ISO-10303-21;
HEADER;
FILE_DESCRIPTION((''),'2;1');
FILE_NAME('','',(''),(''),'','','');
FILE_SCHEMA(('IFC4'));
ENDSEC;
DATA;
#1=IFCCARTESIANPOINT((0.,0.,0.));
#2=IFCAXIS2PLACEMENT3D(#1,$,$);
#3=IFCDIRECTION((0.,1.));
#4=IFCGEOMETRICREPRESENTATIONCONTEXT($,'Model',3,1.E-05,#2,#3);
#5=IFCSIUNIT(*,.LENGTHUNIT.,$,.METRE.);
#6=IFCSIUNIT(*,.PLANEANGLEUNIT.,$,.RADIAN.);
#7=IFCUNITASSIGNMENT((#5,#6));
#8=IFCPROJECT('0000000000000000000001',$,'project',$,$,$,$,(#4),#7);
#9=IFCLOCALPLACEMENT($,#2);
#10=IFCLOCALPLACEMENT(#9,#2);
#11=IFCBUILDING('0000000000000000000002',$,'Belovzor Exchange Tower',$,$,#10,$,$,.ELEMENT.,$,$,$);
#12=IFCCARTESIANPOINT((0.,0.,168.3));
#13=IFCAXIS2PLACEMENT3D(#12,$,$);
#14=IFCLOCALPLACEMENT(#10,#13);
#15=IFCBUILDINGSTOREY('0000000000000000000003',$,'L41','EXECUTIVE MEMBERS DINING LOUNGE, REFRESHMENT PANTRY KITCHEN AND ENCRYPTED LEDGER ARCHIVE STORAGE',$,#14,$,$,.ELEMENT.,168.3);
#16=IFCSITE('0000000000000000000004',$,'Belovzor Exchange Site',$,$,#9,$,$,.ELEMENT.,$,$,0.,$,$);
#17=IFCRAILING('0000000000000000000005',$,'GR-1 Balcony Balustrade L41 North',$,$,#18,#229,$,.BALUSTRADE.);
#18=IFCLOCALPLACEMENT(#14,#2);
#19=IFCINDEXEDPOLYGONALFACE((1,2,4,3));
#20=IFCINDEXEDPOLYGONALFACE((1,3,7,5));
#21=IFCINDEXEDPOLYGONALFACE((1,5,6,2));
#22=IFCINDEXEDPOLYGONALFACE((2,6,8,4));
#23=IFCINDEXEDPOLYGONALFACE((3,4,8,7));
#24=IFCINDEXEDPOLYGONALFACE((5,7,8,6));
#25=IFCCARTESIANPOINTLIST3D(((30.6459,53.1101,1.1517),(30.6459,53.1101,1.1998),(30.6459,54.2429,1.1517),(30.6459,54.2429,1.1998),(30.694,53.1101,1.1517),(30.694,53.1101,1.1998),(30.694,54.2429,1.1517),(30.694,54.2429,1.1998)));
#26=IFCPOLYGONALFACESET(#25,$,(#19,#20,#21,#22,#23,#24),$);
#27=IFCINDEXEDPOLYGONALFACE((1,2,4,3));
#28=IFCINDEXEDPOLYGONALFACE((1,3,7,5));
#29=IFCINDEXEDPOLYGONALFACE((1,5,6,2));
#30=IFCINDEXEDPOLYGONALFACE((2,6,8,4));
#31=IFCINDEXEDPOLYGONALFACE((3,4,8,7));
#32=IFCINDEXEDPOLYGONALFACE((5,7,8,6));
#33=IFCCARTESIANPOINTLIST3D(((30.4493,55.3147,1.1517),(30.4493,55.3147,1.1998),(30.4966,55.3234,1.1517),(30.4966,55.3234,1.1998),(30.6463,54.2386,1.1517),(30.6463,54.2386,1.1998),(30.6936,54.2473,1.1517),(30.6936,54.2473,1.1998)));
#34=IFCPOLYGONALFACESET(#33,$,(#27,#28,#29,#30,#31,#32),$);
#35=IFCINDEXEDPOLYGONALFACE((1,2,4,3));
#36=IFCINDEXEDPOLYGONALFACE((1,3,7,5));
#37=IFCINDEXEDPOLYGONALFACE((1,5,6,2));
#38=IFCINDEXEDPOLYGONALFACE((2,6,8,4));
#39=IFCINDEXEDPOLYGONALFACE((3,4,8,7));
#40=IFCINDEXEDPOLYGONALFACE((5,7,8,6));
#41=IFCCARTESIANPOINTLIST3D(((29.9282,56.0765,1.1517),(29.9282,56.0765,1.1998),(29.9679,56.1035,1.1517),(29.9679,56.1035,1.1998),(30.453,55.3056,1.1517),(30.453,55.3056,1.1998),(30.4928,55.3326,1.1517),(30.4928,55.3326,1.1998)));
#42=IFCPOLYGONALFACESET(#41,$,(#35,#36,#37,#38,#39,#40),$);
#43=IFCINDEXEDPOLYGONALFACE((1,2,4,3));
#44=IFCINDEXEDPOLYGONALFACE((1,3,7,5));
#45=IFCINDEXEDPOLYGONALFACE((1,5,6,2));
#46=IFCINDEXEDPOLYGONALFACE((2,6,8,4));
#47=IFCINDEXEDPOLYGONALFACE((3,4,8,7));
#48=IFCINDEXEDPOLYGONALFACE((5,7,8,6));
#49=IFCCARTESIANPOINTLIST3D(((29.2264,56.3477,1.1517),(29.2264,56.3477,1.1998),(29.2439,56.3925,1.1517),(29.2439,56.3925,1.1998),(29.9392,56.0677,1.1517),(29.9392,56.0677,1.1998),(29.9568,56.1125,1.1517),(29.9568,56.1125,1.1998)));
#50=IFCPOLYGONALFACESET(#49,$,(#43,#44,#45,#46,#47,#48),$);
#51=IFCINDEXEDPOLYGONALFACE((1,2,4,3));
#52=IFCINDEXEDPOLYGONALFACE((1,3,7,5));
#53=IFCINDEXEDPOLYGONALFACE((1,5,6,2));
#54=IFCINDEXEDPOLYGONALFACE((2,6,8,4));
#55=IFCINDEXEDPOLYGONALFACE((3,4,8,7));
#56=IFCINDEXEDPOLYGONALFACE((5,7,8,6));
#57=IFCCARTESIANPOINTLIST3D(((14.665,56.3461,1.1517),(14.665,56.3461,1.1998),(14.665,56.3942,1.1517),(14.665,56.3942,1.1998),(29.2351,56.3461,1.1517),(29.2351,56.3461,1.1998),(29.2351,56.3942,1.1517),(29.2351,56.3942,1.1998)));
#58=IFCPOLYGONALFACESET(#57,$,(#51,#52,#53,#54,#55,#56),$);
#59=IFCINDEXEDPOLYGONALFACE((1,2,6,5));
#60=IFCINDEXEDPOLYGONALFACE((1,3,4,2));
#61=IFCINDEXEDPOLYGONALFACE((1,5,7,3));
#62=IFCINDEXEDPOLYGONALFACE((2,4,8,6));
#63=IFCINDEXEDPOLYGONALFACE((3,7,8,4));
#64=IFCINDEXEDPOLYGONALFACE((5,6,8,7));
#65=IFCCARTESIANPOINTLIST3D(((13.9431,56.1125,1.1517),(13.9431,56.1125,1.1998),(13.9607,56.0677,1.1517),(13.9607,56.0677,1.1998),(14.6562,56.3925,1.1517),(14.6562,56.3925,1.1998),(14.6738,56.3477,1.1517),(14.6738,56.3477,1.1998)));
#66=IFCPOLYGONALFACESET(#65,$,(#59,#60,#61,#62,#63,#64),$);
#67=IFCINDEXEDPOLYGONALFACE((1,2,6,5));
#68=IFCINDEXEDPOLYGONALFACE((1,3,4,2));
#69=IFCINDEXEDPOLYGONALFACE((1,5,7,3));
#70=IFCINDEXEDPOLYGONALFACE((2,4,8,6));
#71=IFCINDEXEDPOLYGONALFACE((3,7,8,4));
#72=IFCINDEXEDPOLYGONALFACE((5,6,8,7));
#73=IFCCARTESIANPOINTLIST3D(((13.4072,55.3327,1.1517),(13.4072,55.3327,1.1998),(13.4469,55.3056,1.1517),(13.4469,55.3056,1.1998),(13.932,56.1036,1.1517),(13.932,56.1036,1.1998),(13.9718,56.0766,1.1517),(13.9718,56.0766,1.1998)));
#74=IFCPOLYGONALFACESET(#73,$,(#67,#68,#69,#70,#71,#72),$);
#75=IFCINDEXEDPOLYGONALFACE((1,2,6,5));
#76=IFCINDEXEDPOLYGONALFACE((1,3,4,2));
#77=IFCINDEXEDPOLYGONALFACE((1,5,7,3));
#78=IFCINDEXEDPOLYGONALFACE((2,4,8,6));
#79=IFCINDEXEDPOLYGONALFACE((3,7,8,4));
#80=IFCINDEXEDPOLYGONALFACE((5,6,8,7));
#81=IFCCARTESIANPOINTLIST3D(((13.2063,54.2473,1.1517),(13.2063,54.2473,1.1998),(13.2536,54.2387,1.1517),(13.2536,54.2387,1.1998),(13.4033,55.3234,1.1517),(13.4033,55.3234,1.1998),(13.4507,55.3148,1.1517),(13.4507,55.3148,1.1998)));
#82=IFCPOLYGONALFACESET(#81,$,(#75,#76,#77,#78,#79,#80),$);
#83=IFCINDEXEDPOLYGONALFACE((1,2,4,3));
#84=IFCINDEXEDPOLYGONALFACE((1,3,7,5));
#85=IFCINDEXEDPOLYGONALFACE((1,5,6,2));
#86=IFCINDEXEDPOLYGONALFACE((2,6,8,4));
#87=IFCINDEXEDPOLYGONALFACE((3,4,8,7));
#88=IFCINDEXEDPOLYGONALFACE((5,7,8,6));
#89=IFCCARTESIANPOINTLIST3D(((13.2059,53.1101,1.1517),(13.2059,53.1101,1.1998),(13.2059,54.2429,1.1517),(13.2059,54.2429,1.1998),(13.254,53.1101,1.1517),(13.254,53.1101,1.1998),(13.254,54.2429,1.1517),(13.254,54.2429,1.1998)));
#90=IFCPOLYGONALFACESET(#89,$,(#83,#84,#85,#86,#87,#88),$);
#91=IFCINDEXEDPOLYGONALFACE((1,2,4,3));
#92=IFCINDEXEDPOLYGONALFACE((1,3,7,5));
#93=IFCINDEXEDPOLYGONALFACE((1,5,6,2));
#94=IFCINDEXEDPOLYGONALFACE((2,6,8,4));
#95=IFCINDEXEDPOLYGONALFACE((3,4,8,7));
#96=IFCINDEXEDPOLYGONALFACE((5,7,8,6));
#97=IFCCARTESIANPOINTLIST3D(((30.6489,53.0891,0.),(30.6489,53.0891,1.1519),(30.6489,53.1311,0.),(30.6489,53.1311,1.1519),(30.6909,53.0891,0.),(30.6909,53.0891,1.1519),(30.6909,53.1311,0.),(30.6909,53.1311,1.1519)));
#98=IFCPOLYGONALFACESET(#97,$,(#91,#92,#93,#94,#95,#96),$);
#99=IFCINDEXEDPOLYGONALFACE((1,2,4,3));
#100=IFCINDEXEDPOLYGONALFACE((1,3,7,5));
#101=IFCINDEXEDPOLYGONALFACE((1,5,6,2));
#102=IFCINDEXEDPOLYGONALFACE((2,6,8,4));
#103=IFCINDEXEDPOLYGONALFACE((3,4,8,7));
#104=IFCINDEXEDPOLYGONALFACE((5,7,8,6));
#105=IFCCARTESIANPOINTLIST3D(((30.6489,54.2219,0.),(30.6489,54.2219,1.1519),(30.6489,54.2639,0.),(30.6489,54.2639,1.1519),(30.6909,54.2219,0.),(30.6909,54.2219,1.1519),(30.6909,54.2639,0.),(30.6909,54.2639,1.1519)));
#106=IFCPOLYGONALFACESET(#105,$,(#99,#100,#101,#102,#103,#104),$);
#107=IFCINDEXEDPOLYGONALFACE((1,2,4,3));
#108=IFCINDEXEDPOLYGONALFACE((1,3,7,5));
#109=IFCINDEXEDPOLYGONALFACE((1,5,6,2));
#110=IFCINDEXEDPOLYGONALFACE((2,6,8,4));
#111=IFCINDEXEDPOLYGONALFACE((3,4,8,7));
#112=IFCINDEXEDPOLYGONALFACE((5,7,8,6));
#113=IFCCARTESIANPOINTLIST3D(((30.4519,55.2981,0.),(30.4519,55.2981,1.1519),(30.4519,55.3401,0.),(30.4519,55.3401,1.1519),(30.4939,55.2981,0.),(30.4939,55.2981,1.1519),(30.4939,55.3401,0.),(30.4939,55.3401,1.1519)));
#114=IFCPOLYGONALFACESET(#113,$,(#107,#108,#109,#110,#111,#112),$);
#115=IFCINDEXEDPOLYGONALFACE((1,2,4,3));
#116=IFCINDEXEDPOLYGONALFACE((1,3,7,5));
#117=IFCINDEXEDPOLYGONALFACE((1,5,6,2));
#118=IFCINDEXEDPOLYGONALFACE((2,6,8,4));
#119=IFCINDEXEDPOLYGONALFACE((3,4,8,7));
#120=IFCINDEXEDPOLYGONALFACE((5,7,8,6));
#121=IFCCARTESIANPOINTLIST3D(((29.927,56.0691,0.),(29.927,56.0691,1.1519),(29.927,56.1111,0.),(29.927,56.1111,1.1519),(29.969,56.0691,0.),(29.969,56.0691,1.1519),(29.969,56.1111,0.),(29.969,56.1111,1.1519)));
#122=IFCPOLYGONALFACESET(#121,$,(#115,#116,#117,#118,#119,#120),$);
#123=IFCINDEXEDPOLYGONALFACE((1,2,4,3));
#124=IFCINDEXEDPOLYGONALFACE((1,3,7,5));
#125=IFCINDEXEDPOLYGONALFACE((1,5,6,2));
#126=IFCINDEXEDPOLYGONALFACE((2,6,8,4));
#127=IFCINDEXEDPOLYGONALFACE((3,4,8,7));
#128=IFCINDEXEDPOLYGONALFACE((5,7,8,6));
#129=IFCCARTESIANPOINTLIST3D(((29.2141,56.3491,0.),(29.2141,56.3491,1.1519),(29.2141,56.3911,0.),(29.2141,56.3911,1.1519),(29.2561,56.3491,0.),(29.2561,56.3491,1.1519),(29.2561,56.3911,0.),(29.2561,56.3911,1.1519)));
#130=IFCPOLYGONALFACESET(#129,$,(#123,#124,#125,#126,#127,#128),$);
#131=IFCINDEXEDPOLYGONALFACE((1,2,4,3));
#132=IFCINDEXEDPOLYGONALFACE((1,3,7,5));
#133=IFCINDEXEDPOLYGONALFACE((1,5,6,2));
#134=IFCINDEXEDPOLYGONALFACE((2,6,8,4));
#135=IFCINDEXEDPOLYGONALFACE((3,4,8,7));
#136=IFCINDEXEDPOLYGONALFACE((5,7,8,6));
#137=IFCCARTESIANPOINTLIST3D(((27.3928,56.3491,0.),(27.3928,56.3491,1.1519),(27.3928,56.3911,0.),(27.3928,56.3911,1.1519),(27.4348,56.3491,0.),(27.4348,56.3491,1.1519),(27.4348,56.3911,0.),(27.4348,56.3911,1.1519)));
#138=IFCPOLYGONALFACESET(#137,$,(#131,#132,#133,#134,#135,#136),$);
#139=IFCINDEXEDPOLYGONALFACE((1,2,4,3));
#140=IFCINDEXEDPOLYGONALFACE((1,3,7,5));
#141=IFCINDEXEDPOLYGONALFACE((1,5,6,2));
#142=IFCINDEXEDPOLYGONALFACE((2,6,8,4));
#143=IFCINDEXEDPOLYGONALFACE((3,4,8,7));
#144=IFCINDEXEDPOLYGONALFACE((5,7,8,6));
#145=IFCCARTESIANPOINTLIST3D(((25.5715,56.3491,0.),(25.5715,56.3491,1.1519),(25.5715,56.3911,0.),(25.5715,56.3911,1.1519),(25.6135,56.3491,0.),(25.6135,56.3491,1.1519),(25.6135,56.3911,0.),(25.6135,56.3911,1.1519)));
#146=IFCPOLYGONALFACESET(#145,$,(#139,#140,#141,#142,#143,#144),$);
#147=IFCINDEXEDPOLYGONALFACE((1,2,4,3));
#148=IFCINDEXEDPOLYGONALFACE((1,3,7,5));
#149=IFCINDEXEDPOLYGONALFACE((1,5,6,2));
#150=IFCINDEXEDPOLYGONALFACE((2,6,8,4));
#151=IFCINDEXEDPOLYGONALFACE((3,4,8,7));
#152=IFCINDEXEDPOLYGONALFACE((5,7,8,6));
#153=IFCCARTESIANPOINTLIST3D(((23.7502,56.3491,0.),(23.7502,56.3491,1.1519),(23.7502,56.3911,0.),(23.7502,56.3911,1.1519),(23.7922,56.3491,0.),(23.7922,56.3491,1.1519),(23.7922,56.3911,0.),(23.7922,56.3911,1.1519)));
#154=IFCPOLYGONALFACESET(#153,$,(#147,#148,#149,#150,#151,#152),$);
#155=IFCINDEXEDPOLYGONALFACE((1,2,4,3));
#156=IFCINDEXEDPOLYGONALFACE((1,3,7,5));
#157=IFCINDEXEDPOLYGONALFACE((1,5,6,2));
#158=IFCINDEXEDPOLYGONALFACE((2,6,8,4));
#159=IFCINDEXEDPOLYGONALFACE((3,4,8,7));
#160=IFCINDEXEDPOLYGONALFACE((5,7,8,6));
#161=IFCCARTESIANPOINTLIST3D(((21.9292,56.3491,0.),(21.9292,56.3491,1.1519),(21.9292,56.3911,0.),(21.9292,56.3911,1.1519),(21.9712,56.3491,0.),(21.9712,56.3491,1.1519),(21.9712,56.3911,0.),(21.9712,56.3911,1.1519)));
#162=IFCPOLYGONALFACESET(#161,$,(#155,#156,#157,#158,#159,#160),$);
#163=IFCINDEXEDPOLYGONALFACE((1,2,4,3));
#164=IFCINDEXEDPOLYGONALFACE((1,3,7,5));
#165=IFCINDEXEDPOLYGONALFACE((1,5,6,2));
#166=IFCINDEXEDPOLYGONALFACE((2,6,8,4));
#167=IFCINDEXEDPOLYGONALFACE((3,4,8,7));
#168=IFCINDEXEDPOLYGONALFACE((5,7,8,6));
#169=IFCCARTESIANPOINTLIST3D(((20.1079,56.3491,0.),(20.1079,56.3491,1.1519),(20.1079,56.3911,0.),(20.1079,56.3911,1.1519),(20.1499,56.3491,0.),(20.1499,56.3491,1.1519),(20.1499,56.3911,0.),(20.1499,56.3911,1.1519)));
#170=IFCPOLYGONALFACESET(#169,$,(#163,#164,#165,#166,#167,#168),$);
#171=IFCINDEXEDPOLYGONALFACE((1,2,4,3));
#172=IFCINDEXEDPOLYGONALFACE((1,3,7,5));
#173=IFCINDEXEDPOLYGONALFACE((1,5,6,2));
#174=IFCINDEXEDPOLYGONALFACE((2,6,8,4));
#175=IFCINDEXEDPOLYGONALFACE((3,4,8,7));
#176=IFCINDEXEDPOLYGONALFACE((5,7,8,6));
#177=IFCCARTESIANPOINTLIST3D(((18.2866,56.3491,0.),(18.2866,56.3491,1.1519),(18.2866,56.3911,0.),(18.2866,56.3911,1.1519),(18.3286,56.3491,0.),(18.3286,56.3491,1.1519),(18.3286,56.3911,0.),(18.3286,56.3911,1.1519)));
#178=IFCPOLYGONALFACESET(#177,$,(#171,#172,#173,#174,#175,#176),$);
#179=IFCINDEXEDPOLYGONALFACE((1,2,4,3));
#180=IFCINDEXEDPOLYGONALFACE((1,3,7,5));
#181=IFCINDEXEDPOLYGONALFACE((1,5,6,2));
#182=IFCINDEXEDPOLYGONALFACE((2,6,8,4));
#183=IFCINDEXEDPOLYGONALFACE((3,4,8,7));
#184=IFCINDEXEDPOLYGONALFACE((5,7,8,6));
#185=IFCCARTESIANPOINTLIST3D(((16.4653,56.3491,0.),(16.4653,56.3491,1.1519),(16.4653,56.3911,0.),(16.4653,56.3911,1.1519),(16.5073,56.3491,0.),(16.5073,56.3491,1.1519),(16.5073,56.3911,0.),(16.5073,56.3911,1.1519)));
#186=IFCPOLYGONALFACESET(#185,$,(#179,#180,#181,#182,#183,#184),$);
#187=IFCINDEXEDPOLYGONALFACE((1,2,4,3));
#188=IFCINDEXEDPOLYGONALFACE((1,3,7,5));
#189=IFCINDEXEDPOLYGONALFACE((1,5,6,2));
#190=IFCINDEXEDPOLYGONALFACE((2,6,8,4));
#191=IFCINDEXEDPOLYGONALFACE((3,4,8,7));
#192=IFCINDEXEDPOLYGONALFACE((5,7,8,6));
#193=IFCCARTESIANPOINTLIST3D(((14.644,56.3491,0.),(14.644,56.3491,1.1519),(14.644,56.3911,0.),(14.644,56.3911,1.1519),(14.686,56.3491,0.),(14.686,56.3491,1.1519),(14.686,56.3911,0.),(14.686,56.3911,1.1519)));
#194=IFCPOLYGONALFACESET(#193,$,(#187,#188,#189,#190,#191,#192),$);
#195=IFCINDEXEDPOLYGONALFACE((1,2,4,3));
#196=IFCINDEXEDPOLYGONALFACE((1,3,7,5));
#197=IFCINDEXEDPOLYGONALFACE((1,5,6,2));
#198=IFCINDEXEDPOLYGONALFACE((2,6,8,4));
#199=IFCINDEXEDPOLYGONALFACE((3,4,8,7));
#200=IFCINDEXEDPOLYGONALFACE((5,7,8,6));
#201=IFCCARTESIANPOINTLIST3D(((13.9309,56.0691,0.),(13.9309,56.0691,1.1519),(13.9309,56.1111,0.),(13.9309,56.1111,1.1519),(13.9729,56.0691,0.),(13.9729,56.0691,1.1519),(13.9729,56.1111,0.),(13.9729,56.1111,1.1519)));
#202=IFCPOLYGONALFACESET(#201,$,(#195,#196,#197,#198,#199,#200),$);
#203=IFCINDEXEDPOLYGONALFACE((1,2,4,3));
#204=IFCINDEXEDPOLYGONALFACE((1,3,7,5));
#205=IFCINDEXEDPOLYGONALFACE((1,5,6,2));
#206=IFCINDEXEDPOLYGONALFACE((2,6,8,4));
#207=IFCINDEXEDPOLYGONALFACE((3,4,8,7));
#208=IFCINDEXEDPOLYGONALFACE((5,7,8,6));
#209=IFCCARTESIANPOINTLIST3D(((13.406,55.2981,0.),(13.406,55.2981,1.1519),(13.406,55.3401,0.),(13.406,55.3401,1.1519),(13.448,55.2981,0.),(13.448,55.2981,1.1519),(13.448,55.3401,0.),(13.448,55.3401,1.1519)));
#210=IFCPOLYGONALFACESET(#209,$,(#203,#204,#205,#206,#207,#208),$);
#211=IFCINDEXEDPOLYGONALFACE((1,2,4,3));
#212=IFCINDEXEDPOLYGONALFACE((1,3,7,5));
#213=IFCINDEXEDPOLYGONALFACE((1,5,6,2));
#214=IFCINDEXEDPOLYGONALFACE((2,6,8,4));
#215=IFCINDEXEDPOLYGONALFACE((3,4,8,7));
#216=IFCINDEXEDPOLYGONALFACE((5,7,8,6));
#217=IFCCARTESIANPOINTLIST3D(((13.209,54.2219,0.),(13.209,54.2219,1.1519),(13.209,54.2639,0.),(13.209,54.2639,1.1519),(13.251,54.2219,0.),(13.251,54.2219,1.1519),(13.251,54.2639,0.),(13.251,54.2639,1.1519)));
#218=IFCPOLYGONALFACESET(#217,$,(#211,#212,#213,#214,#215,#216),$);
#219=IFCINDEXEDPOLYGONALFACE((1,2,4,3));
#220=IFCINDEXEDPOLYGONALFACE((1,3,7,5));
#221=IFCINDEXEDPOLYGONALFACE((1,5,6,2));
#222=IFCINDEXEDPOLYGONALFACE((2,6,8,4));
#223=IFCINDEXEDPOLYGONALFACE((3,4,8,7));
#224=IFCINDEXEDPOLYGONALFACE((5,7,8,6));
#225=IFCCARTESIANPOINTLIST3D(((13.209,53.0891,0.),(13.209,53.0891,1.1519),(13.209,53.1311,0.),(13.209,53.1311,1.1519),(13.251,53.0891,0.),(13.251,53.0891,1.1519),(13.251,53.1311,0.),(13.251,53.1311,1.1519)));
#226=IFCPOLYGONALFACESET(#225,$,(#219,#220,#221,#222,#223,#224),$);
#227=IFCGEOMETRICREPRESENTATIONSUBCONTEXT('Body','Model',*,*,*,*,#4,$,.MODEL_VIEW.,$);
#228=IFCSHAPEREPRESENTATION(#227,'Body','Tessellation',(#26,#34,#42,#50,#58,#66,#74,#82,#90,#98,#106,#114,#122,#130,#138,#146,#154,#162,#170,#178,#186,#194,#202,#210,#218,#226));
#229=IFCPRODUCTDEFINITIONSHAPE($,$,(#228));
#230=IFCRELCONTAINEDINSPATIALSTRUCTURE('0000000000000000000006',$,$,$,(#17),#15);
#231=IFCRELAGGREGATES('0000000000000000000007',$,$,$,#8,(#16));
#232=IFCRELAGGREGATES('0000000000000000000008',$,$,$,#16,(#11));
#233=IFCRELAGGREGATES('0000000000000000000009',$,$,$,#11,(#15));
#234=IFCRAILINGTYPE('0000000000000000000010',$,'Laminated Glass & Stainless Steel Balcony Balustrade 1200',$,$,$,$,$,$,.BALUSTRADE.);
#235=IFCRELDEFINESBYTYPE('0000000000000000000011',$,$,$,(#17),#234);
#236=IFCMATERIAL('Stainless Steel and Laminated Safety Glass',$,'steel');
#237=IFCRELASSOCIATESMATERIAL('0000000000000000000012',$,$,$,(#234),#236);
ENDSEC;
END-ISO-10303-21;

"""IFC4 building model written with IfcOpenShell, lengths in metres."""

from ifc_helpers import new_model, si_unit, direction, frame, origin, origin_2d, place, context, subcontext, project, spatial, rectangle, extrude, material, type_object, element, save


model = new_model("IFC4")

# Units and contexts
model_context = context("Model", 3, precision=1e-05, world=origin(), true_north=direction((0.0, 1.0)))
body_context = subcontext(model_context, "Body", "Model", "MODEL_VIEW")
ifc_project = project(units=[si_unit("LENGTHUNIT", "METRE"), si_unit("PLANEANGLEUNIT", "RADIAN")], contexts=[model_context])

# Site, building, storey
site_placement = place(None, origin())
site = spatial("IfcSite", under=ifc_project, at=site_placement, Name="Belovzor Exchange Site", CompositionType="ELEMENT", RefElevation=0.0)
building_placement = place(site_placement, origin())
building = spatial("IfcBuilding", under=site, at=building_placement, Name="Belovzor Exchange Tower", CompositionType="ELEMENT")
storey_placement = place(building_placement, frame((0.0, 0.0, 168.3)))
storey = spatial("IfcBuildingStorey", under=building, at=storey_placement, Name="L41", Description="EXECUTIVE MEMBERS DINING LOUNGE, REFRESHMENT PANTRY KITCHEN AND ENCRYPTED LEDGER ARCHIVE STORAGE", CompositionType="ELEMENT", Elevation=168.3)

# Railing
ifc_material_1 = material(Name="Stainless Steel and Laminated Safety Glass", Category="steel")
railing_type = type_object("IfcRailingType", Name="Laminated Glass & Stainless Steel Balcony Balustrade 1200", PredefinedType="BALUSTRADE", material=ifc_material_1)
railing_placement = place(storey_placement, frame((30.6699, 53.1101, 0.0)))
element("IfcRailing", 1, at=railing_placement, inside=storey, type_object=railing_type, Name="GR-1 Balcony Balustrade L41 North", PredefinedType="BALUSTRADE", context=body_context, shape_type="SweptSolid", body=[
    extrude(rectangle(XDim=0.0481, YDim=0.0481, at=origin_2d()), frame((0.0, 0.0, 1.1758), z_axis=(0.0, 1.0, 0.0), x_axis=(-1.0, 0.0, 0.0)), (0.0, 0.0, 1.0), 1.1328),
    extrude(rectangle(XDim=0.0481, YDim=0.0481, at=origin_2d()), frame((0.0, 1.1328, 1.1758), z_axis=(-0.180083, 0.983651, 0.0), x_axis=(-0.983651, -0.180083, 0.0)), (0.0, 0.0, 1.0), 1.094),
    extrude(rectangle(XDim=0.0481, YDim=0.0481, at=origin_2d()), frame((-0.197, 2.209, 1.1758), z_axis=(-0.562768, 0.826615, 0.0), x_axis=(-0.826615, -0.562768, 0.0)), (0.0, 0.0, 1.0), 0.9326),
    extrude(rectangle(XDim=0.0481, YDim=0.0481, at=origin_2d()), frame((-0.7219, 2.98, 1.1758), z_axis=(-0.930767, 0.365613, 0.0), x_axis=(-0.365613, -0.930767, 0.0)), (0.0, 0.0, 1.0), 0.7659),
    extrude(rectangle(XDim=0.0481, YDim=0.0481, at=origin_2d()), frame((-1.4348, 3.26, 1.1758), z_axis=(-1.0, 0.0, 0.0), x_axis=(0.0, -1.0, 0.0)), (0.0, 0.0, 1.0), 14.5701),
    extrude(rectangle(XDim=0.0481, YDim=0.0481, at=origin_2d()), frame((-16.0049, 3.26, 1.1758), z_axis=(-0.93081, -0.365504, 0.0), x_axis=(0.365504, -0.93081, 0.0)), (0.0, 0.0, 1.0), 0.7661),
    extrude(rectangle(XDim=0.0481, YDim=0.0481, at=origin_2d()), frame((-16.718, 2.98, 1.1758), z_axis=(-0.562768, -0.826615, 0.0), x_axis=(0.826615, -0.562768, 0.0)), (0.0, 0.0, 1.0), 0.9326),
    extrude(rectangle(XDim=0.0481, YDim=0.0481, at=origin_2d()), frame((-17.2429, 2.209, 1.1758), z_axis=(-0.180083, -0.983651, 0.0), x_axis=(0.983651, -0.180083, 0.0)), (0.0, 0.0, 1.0), 1.094),
    extrude(rectangle(XDim=0.0481, YDim=0.0481, at=origin_2d()), frame((-17.4399, 1.1328, 1.1758), z_axis=(0.0, -1.0, 0.0), x_axis=(1.0, 0.0, 0.0)), (0.0, 0.0, 1.0), 1.1328),
    extrude(rectangle(XDim=0.042, YDim=0.042, at=origin_2d()), origin(), (0.0, 0.0, 1.0), 1.1519),
    extrude(rectangle(XDim=0.042, YDim=0.042, at=origin_2d()), frame((0.0, 1.1328, 0.0)), (0.0, 0.0, 1.0), 1.1519),
    extrude(rectangle(XDim=0.042, YDim=0.042, at=origin_2d()), frame((-0.197, 2.209, 0.0)), (0.0, 0.0, 1.0), 1.1519),
    extrude(rectangle(XDim=0.042, YDim=0.042, at=origin_2d()), frame((-0.7219, 2.98, 0.0)), (0.0, 0.0, 1.0), 1.1519),
    extrude(rectangle(XDim=0.042, YDim=0.042, at=origin_2d()), frame((-1.4348, 3.26, 0.0)), (0.0, 0.0, 1.0), 1.1519),
    extrude(rectangle(XDim=0.042, YDim=0.042, at=origin_2d()), frame((-3.2561, 3.26, 0.0)), (0.0, 0.0, 1.0), 1.1519),
    extrude(rectangle(XDim=0.042, YDim=0.042, at=origin_2d()), frame((-5.0774, 3.26, 0.0)), (0.0, 0.0, 1.0), 1.1519),
    extrude(rectangle(XDim=0.042, YDim=0.042, at=origin_2d()), frame((-6.8987, 3.26, 0.0)), (0.0, 0.0, 1.0), 1.1519),
    extrude(rectangle(XDim=0.042, YDim=0.042, at=origin_2d()), frame((-8.7197, 3.26, 0.0)), (0.0, 0.0, 1.0), 1.1519),
    extrude(rectangle(XDim=0.042, YDim=0.042, at=origin_2d()), frame((-10.541, 3.26, 0.0)), (0.0, 0.0, 1.0), 1.1519),
    extrude(rectangle(XDim=0.042, YDim=0.042, at=origin_2d()), frame((-12.3623, 3.26, 0.0)), (0.0, 0.0, 1.0), 1.1519),
    extrude(rectangle(XDim=0.042, YDim=0.042, at=origin_2d()), frame((-14.1836, 3.26, 0.0)), (0.0, 0.0, 1.0), 1.1519),
    extrude(rectangle(XDim=0.042, YDim=0.042, at=origin_2d()), frame((-16.0049, 3.26, 0.0)), (0.0, 0.0, 1.0), 1.1519),
    extrude(rectangle(XDim=0.042, YDim=0.042, at=origin_2d()), frame((-16.718, 2.98, 0.0)), (0.0, 0.0, 1.0), 1.1519),
    extrude(rectangle(XDim=0.042, YDim=0.042, at=origin_2d()), frame((-17.2429, 2.209, 0.0)), (0.0, 0.0, 1.0), 1.1519),
    extrude(rectangle(XDim=0.042, YDim=0.042, at=origin_2d()), frame((-17.4399, 1.1328, 0.0)), (0.0, 0.0, 1.0), 1.1519),
    extrude(rectangle(XDim=0.042, YDim=0.042, at=origin_2d()), frame((-17.4399, 0.0, 0.0)), (0.0, 0.0, 1.0), 1.1519),
])

save(model, "model.ifc")
